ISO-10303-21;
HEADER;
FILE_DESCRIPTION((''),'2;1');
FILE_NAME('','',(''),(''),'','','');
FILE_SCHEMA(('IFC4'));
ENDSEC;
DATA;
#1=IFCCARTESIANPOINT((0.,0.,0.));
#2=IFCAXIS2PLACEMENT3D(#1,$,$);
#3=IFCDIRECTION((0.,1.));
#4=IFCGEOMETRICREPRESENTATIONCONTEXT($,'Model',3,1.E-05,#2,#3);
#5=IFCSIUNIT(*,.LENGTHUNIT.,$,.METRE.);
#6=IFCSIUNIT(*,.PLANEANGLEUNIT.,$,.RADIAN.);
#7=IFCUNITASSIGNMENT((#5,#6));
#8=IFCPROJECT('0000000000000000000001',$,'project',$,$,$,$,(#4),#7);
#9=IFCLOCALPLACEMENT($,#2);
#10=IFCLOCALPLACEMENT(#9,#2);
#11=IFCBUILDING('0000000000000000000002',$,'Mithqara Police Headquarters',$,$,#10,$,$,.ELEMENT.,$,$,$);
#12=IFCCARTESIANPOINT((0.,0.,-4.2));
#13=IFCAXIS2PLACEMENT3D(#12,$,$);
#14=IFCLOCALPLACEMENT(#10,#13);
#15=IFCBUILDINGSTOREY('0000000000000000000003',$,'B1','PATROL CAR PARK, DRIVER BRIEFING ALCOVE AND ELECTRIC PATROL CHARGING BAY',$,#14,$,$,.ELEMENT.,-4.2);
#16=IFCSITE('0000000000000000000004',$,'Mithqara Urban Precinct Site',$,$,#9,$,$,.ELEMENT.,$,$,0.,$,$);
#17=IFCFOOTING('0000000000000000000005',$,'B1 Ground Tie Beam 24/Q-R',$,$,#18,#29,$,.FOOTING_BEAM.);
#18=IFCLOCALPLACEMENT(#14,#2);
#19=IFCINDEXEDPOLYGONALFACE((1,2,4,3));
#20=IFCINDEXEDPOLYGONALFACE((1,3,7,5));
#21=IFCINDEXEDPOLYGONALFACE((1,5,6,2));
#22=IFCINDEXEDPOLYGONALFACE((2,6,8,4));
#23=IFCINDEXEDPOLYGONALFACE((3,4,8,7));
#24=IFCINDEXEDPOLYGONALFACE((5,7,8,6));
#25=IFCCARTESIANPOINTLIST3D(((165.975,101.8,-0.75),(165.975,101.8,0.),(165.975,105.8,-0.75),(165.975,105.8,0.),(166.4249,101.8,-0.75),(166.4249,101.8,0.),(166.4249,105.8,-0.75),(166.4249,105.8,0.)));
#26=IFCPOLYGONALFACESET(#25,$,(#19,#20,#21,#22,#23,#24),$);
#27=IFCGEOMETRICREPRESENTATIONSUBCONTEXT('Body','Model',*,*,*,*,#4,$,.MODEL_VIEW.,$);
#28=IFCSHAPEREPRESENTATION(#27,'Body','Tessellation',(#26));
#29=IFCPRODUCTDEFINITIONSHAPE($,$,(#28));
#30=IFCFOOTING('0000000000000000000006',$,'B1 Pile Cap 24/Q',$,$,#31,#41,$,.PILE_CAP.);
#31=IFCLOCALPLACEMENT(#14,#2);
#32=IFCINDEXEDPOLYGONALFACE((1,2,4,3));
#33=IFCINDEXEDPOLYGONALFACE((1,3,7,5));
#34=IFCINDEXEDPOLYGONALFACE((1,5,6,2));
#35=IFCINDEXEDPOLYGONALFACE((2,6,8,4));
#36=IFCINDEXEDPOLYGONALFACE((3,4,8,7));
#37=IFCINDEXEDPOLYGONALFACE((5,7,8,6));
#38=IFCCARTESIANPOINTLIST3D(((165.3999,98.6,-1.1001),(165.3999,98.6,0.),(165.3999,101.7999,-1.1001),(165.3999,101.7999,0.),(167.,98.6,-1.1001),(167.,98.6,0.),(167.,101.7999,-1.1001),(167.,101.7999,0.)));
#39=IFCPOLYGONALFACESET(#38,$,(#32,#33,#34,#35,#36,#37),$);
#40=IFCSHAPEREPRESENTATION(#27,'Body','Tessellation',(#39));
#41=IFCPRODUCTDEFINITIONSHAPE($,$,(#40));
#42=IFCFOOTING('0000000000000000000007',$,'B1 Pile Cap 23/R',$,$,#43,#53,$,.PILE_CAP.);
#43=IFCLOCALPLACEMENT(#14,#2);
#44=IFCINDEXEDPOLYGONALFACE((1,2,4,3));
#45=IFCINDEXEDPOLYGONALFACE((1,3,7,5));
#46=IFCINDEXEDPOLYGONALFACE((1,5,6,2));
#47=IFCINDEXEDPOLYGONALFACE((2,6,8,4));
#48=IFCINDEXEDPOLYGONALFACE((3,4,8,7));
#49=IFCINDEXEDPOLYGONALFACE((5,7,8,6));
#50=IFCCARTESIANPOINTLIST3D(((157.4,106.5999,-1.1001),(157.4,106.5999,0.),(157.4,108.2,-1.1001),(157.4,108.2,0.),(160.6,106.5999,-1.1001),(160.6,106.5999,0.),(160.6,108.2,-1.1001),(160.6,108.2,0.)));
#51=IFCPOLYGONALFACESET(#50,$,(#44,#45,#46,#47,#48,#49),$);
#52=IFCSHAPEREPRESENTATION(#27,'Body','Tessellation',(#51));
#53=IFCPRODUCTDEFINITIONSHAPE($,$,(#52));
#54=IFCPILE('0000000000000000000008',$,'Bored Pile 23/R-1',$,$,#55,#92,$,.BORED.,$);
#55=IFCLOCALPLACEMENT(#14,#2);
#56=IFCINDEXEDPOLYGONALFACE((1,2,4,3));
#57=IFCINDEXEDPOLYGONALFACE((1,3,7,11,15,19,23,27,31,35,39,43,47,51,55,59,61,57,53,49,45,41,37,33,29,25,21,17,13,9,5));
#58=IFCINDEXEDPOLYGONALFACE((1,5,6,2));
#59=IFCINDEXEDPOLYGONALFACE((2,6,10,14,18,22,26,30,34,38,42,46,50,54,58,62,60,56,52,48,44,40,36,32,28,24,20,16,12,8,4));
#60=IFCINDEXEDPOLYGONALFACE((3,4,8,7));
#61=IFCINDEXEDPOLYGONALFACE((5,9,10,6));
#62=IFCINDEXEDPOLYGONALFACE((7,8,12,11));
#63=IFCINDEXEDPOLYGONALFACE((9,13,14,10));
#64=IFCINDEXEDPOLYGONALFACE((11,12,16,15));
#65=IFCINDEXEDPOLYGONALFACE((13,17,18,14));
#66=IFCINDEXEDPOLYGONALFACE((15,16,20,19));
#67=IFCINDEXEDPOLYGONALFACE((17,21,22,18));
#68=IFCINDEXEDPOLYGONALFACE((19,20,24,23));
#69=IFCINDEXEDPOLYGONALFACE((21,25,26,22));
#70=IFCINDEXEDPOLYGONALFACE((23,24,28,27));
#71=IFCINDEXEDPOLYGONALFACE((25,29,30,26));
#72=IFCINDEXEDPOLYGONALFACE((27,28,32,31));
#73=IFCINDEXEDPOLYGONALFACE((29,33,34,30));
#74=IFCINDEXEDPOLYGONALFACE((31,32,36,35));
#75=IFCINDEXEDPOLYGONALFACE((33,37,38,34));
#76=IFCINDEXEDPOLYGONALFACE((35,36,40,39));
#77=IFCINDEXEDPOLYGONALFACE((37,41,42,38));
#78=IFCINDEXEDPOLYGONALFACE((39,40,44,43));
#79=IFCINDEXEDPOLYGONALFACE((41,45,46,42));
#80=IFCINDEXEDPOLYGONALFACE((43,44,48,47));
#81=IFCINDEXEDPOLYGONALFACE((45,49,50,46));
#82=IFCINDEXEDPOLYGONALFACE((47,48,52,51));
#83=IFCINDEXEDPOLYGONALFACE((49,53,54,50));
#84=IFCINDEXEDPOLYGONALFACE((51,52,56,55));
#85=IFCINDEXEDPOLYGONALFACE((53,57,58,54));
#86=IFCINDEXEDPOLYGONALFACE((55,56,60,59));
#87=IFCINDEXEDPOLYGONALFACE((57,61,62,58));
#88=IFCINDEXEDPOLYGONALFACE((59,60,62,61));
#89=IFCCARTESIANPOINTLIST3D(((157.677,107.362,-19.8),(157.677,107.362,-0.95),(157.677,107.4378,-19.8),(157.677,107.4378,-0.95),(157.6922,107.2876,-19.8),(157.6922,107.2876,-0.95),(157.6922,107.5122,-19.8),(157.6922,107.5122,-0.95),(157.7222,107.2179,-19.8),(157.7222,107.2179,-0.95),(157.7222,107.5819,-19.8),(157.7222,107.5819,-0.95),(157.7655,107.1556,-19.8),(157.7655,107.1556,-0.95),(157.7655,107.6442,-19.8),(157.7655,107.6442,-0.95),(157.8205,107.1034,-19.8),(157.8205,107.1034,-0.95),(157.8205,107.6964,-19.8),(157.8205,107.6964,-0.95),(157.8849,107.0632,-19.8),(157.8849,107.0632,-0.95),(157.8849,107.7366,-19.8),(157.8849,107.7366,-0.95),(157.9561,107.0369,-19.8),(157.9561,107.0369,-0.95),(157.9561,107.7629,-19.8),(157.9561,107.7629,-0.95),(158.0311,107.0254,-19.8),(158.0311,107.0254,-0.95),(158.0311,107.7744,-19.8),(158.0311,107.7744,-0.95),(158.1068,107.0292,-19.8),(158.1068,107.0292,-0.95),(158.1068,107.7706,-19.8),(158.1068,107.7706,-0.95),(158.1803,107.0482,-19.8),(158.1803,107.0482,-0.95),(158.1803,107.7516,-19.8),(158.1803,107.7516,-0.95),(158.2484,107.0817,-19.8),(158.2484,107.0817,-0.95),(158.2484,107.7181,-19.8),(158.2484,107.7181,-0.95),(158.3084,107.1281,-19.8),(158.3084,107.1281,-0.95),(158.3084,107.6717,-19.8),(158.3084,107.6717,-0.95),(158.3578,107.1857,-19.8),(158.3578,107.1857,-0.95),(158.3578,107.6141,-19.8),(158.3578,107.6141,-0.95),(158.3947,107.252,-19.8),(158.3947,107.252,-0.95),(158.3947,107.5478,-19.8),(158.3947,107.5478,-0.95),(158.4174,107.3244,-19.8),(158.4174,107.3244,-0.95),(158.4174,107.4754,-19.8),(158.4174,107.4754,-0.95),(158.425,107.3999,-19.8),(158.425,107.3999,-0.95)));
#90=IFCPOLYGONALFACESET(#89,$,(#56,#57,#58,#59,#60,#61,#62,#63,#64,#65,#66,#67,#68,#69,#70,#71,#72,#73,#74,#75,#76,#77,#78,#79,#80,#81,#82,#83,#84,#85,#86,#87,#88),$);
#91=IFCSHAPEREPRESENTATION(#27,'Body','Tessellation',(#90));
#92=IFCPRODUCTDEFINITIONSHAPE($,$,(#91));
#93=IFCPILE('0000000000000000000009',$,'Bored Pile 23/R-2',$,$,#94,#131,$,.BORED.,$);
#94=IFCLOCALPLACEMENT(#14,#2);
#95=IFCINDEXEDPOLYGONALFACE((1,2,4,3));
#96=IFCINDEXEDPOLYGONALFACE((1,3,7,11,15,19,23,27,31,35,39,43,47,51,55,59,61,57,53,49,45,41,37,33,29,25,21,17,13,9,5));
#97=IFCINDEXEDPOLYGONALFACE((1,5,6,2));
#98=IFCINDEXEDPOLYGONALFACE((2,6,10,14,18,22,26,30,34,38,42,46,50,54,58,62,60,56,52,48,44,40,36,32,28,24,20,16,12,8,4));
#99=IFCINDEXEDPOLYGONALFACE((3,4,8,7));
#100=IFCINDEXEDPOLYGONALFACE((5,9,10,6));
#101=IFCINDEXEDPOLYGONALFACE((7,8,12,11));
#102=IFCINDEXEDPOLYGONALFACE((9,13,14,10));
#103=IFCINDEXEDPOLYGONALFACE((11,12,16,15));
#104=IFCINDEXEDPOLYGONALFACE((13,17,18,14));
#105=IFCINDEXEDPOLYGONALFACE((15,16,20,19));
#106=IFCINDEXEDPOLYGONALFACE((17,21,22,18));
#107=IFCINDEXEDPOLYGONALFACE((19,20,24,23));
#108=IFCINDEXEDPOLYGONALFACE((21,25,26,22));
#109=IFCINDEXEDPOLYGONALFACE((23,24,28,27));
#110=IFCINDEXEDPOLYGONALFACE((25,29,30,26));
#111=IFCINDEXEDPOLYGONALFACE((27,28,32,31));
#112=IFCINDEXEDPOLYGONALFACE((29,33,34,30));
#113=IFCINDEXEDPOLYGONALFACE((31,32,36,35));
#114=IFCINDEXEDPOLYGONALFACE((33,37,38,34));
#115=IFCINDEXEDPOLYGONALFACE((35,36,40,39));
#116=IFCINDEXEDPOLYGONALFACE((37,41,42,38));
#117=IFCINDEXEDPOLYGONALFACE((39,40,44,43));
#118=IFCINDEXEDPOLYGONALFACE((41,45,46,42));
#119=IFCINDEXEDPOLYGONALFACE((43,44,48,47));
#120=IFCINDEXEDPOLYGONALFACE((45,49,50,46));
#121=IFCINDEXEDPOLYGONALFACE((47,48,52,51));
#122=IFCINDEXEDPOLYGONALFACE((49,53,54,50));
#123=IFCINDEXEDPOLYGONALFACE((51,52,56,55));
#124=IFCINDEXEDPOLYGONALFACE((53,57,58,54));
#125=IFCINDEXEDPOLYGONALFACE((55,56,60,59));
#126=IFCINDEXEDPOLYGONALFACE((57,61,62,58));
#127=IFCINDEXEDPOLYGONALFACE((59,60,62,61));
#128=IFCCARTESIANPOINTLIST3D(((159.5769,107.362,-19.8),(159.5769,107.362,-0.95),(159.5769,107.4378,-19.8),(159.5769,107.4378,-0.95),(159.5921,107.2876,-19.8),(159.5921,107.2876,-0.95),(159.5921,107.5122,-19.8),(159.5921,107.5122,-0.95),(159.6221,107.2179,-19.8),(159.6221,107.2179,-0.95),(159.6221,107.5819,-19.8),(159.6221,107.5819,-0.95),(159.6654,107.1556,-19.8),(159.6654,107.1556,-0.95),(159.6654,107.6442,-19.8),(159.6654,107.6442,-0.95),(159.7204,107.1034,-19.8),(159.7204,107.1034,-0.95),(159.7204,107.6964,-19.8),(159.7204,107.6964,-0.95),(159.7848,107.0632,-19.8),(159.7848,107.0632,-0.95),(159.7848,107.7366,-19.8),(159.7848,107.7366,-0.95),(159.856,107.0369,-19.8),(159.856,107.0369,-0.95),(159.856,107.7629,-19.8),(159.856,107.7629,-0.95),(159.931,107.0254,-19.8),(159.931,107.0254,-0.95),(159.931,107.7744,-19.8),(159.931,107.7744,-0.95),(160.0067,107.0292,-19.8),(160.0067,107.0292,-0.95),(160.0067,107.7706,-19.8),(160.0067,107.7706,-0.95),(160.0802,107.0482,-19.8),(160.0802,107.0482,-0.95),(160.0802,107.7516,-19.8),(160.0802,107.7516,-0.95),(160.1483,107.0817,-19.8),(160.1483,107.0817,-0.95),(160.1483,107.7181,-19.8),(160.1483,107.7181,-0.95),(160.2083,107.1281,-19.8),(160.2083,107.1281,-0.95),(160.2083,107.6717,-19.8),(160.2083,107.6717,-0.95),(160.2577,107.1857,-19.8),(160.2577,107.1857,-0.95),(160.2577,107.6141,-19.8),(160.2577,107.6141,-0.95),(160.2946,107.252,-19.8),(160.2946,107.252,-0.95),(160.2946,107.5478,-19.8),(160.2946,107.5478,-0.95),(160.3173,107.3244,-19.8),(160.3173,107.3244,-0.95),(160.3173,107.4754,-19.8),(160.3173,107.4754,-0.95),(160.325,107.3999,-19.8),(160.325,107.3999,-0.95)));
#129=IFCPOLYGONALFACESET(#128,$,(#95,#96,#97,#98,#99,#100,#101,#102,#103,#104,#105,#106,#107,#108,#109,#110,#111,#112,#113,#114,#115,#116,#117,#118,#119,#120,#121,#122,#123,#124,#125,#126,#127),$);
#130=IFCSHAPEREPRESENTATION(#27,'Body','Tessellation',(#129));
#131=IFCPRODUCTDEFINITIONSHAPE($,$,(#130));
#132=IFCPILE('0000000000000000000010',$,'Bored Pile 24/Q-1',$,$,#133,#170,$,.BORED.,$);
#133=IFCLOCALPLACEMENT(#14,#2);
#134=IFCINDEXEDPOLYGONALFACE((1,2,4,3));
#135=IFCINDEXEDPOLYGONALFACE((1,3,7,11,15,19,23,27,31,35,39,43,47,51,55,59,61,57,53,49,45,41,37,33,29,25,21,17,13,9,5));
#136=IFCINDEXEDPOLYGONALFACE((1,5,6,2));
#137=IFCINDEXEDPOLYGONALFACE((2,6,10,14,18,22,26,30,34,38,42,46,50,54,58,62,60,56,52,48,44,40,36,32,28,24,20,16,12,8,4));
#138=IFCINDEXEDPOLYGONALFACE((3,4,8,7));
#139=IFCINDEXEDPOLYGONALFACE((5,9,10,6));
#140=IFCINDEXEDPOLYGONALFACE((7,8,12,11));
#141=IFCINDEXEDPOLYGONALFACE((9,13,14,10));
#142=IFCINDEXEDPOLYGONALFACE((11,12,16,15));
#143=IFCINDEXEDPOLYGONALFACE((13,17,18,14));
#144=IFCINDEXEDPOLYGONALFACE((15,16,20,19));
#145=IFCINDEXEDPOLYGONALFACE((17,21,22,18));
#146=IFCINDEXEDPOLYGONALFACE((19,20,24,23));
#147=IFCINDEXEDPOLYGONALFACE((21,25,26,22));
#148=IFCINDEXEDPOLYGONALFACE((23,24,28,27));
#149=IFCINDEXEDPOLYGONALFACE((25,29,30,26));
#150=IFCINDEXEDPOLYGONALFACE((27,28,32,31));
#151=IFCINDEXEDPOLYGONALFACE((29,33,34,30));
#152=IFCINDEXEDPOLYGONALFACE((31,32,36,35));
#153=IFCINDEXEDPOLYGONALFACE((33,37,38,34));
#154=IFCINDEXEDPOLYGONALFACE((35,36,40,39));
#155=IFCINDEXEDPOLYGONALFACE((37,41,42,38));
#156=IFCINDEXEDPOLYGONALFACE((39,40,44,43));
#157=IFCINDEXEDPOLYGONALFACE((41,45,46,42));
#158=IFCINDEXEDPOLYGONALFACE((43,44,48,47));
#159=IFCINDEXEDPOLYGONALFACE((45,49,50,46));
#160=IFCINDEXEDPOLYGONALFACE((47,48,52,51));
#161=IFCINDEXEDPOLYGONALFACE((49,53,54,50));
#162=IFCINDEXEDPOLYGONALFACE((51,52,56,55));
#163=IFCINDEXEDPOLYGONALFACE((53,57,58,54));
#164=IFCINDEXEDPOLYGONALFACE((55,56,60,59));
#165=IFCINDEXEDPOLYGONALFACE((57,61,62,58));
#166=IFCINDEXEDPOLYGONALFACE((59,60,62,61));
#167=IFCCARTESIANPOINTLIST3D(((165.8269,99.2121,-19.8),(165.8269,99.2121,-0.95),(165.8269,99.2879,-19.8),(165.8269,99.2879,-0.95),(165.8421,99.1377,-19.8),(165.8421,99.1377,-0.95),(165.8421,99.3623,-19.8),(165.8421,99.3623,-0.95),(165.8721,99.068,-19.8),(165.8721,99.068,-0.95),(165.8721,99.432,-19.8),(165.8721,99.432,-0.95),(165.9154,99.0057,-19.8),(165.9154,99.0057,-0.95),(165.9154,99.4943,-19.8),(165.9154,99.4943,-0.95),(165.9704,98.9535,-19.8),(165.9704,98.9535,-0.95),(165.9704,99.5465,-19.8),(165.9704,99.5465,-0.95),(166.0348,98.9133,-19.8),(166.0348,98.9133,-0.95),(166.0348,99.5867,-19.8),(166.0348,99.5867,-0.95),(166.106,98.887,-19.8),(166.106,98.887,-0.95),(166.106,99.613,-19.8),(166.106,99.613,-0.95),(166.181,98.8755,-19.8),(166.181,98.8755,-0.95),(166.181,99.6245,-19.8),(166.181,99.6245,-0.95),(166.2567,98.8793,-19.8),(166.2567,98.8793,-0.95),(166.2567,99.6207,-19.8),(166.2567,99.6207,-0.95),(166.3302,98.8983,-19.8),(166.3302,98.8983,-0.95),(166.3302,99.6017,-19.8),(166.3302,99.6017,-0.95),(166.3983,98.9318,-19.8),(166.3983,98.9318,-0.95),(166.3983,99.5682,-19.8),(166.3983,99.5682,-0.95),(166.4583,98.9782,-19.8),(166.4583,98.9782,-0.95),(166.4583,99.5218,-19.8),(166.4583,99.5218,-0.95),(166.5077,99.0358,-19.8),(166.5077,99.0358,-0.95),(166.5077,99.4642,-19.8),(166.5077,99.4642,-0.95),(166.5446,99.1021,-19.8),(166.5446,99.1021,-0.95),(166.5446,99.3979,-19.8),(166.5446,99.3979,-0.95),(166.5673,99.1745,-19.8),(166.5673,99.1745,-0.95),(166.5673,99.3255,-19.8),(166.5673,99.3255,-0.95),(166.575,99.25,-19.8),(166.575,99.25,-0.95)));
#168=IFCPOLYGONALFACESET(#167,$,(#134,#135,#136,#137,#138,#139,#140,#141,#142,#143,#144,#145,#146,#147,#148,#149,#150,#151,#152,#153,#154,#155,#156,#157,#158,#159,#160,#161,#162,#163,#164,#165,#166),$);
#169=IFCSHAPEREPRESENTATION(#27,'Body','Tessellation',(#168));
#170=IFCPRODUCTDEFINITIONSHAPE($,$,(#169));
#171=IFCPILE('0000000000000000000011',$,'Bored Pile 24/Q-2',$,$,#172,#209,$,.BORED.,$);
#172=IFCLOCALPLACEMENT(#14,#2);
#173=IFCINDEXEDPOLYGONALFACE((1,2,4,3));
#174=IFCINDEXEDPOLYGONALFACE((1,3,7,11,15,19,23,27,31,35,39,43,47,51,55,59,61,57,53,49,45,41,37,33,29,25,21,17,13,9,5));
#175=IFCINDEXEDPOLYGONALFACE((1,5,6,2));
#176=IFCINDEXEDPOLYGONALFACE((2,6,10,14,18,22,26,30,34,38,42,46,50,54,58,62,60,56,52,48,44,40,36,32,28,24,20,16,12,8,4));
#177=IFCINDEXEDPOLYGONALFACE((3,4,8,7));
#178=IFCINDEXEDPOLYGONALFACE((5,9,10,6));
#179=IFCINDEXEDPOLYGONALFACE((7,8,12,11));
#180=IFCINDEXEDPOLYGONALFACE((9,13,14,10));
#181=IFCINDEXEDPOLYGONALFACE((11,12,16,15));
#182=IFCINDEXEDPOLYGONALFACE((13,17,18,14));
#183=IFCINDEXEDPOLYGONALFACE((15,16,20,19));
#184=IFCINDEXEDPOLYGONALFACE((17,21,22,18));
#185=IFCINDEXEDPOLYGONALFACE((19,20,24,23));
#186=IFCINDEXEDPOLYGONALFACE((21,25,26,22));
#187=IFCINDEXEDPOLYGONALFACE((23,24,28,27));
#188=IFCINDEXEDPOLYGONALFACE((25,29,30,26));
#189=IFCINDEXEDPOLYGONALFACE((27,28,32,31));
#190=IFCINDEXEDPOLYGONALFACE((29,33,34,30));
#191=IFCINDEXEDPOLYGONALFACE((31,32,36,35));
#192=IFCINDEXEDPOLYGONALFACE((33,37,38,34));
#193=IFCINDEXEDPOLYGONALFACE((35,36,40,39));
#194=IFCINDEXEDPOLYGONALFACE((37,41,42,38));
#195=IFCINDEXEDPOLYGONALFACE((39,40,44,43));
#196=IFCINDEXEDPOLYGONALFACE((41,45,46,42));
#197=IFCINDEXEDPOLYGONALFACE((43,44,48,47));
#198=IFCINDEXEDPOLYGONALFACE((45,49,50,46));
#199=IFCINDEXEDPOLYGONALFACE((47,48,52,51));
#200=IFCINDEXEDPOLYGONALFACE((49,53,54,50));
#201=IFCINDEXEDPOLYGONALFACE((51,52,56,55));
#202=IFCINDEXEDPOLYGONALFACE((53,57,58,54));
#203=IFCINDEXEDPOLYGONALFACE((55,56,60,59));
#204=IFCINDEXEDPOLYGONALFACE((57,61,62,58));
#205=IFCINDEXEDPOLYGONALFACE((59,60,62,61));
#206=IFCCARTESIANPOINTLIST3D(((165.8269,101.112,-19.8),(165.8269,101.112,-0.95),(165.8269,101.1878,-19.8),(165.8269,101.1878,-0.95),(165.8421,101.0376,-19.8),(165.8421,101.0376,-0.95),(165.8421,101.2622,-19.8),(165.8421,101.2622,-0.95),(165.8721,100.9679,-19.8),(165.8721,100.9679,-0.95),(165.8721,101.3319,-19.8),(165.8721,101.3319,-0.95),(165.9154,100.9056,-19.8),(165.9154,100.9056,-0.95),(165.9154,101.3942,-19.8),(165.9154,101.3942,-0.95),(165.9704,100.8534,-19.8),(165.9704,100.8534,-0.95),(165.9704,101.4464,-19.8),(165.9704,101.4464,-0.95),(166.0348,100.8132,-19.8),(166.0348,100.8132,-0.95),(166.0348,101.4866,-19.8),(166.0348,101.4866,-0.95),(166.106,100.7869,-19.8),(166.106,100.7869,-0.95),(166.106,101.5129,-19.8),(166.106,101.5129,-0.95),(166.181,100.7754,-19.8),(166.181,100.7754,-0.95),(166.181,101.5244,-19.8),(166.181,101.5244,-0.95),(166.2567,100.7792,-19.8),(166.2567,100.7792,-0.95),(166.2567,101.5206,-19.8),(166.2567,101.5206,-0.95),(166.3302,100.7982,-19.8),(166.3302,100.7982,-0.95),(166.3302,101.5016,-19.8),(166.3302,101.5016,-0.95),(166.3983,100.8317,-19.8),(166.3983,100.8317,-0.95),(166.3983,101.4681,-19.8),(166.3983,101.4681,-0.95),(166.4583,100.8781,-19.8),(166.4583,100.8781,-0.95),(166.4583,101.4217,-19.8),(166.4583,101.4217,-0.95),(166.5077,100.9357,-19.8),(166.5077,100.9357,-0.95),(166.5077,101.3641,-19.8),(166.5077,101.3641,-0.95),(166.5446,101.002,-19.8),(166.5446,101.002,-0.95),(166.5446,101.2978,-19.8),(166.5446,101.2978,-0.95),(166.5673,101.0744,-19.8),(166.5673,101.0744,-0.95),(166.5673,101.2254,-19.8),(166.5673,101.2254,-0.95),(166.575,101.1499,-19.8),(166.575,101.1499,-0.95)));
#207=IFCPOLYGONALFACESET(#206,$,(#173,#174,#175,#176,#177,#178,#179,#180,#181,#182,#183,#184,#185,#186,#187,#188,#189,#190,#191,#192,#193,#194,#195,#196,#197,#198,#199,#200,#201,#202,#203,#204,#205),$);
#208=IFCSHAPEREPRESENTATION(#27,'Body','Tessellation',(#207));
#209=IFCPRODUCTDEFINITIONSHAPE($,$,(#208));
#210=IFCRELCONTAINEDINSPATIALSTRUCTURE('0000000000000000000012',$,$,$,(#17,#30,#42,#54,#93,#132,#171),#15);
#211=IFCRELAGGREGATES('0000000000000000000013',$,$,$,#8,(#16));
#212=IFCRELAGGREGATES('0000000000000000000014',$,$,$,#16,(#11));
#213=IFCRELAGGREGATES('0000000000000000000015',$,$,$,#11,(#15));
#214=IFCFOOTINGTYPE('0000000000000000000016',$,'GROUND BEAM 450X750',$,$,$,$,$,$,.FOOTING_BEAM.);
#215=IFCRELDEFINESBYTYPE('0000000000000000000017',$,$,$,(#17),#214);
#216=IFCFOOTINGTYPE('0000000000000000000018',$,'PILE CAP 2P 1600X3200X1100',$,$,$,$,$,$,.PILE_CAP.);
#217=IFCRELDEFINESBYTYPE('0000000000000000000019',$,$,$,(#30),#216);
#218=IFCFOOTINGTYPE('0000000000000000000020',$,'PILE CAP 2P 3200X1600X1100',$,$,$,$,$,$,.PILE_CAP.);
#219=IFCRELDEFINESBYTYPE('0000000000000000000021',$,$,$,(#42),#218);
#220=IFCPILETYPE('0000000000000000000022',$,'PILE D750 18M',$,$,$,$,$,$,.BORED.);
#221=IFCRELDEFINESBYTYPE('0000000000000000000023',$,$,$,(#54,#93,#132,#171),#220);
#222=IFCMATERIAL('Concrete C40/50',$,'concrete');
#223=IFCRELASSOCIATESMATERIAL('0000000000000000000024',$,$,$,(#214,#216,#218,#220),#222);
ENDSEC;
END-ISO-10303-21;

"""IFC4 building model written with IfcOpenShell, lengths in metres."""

from ifc_helpers import new_model, si_unit, direction, frame, origin, origin_2d, place, context, subcontext, project, spatial, rectangle, circle, extrude, material, material_profile, profile_set, type_object, element, save


model = new_model("IFC4")

# Units and contexts
model_context = context("Model", 3, precision=1e-05, world=origin(), true_north=direction((0.0, 1.0)))
body_context = subcontext(model_context, "Body", "Model", "MODEL_VIEW")
ifc_project = project(units=[si_unit("LENGTHUNIT", "METRE"), si_unit("PLANEANGLEUNIT", "RADIAN")], contexts=[model_context])

# Site, building, storey
site_placement = place(None, origin())
site = spatial("IfcSite", under=ifc_project, at=site_placement, Name="Mithqara Urban Precinct Site", CompositionType="ELEMENT", RefElevation=0.0)
building_placement = place(site_placement, origin())
building = spatial("IfcBuilding", under=site, at=building_placement, Name="Mithqara Police Headquarters", CompositionType="ELEMENT")
storey_placement = place(building_placement, frame((0.0, 0.0, -4.2)))
storey = spatial("IfcBuildingStorey", under=building, at=storey_placement, Name="B1", Description="PATROL CAR PARK, DRIVER BRIEFING ALCOVE AND ELECTRIC PATROL CHARGING BAY", CompositionType="ELEMENT", Elevation=-4.2)

# Footings
ifc_material_1 = material(Name="Concrete C40/50", Category="concrete")
footing_type_1 = type_object("IfcFootingType", Name="GROUND BEAM 450X750", PredefinedType="FOOTING_BEAM", material=ifc_material_1)
footing_1_placement = place(storey_placement, frame((166.2, 103.8, -0.75), z_axis=(0.0, 0.0, 1.0), x_axis=(1.0, 0.0, 0.0)))
element("IfcFooting", 1, at=footing_1_placement, inside=storey, type_object=footing_type_1, Name="B1 Ground Tie Beam 24/Q-R", PredefinedType="FOOTING_BEAM", context=body_context, shape_type="SweptSolid", body=[
    extrude(rectangle(XDim=0.45, YDim=4.0, at=origin_2d()), origin(), (0.0, 0.0, 1.0), 0.75),
])
footing_type_2 = type_object("IfcFootingType", Name="PILE CAP 2P 1600X3200X1100", PredefinedType="PILE_CAP", material=ifc_material_1)
footing_2_placement = place(storey_placement, frame((166.2, 100.2, -1.1001), z_axis=(0.0, 0.0, 1.0), x_axis=(1.0, 0.0, 0.0)))
element("IfcFooting", 2, at=footing_2_placement, inside=storey, type_object=footing_type_2, Name="B1 Pile Cap 24/Q", PredefinedType="PILE_CAP", context=body_context, shape_type="SweptSolid", body=[
    extrude(rectangle(XDim=1.6001, YDim=3.2, at=origin_2d()), origin(), (0.0, 0.0, 1.0), 1.1001),
])
footing_type_3 = type_object("IfcFootingType", Name="PILE CAP 2P 3200X1600X1100", PredefinedType="PILE_CAP", material=ifc_material_1)
footing_3_placement = place(storey_placement, frame((159.0, 107.3999, -1.1001), z_axis=(0.0, 0.0, 1.0), x_axis=(1.0, 0.0, 0.0)))
element("IfcFooting", 3, at=footing_3_placement, inside=storey, type_object=footing_type_3, Name="B1 Pile Cap 23/R", PredefinedType="PILE_CAP", context=body_context, shape_type="SweptSolid", body=[
    extrude(rectangle(XDim=3.2, YDim=1.6001, at=origin_2d()), origin(), (0.0, 0.0, 1.0), 1.1001),
])

# Piles
ifc_material_profile_1 = material_profile(ifc_material_1, circle(Radius=0.375, at=origin_2d()), Name="PILE D750")
ifc_profile_set_1 = profile_set([ifc_material_profile_1], Name="Concrete C40/50")
pile_type = type_object("IfcPileType", Name="PILE D750 18M", PredefinedType="BORED", material=ifc_profile_set_1)
for number, where, z_axis, x_axis, name in (
    (4, (158.05, 107.3999, -0.95), (0.0, 0.0, -1.0), (1.0, 0.0, 0.0), "Bored Pile 23/R-1"),
    (5, (159.95, 107.3999, -0.95), (0.0, 0.0, -1.0), (1.0, 0.0, 0.0), "Bored Pile 23/R-2"),
    (6, (166.2, 99.25, -0.95), (0.0, 0.0, -1.0), (1.0, 0.0, 0.0), "Bored Pile 24/Q-1"),
    (7, (166.2, 101.1499, -0.95), (0.0, 0.0, -1.0), (1.0, 0.0, 0.0), "Bored Pile 24/Q-2"),
):
    element("IfcPile", number, at=place(storey_placement, frame(where, z_axis=z_axis, x_axis=x_axis)), inside=storey, type_object=pile_type, Name=name, PredefinedType="BORED", context=body_context, shape_type="SweptSolid", body=[
        extrude(circle(Radius=0.375, at=origin_2d()), origin(), (0.0, 0.0, 1.0), 18.8501),
    ])

save(model, "model.ifc")
